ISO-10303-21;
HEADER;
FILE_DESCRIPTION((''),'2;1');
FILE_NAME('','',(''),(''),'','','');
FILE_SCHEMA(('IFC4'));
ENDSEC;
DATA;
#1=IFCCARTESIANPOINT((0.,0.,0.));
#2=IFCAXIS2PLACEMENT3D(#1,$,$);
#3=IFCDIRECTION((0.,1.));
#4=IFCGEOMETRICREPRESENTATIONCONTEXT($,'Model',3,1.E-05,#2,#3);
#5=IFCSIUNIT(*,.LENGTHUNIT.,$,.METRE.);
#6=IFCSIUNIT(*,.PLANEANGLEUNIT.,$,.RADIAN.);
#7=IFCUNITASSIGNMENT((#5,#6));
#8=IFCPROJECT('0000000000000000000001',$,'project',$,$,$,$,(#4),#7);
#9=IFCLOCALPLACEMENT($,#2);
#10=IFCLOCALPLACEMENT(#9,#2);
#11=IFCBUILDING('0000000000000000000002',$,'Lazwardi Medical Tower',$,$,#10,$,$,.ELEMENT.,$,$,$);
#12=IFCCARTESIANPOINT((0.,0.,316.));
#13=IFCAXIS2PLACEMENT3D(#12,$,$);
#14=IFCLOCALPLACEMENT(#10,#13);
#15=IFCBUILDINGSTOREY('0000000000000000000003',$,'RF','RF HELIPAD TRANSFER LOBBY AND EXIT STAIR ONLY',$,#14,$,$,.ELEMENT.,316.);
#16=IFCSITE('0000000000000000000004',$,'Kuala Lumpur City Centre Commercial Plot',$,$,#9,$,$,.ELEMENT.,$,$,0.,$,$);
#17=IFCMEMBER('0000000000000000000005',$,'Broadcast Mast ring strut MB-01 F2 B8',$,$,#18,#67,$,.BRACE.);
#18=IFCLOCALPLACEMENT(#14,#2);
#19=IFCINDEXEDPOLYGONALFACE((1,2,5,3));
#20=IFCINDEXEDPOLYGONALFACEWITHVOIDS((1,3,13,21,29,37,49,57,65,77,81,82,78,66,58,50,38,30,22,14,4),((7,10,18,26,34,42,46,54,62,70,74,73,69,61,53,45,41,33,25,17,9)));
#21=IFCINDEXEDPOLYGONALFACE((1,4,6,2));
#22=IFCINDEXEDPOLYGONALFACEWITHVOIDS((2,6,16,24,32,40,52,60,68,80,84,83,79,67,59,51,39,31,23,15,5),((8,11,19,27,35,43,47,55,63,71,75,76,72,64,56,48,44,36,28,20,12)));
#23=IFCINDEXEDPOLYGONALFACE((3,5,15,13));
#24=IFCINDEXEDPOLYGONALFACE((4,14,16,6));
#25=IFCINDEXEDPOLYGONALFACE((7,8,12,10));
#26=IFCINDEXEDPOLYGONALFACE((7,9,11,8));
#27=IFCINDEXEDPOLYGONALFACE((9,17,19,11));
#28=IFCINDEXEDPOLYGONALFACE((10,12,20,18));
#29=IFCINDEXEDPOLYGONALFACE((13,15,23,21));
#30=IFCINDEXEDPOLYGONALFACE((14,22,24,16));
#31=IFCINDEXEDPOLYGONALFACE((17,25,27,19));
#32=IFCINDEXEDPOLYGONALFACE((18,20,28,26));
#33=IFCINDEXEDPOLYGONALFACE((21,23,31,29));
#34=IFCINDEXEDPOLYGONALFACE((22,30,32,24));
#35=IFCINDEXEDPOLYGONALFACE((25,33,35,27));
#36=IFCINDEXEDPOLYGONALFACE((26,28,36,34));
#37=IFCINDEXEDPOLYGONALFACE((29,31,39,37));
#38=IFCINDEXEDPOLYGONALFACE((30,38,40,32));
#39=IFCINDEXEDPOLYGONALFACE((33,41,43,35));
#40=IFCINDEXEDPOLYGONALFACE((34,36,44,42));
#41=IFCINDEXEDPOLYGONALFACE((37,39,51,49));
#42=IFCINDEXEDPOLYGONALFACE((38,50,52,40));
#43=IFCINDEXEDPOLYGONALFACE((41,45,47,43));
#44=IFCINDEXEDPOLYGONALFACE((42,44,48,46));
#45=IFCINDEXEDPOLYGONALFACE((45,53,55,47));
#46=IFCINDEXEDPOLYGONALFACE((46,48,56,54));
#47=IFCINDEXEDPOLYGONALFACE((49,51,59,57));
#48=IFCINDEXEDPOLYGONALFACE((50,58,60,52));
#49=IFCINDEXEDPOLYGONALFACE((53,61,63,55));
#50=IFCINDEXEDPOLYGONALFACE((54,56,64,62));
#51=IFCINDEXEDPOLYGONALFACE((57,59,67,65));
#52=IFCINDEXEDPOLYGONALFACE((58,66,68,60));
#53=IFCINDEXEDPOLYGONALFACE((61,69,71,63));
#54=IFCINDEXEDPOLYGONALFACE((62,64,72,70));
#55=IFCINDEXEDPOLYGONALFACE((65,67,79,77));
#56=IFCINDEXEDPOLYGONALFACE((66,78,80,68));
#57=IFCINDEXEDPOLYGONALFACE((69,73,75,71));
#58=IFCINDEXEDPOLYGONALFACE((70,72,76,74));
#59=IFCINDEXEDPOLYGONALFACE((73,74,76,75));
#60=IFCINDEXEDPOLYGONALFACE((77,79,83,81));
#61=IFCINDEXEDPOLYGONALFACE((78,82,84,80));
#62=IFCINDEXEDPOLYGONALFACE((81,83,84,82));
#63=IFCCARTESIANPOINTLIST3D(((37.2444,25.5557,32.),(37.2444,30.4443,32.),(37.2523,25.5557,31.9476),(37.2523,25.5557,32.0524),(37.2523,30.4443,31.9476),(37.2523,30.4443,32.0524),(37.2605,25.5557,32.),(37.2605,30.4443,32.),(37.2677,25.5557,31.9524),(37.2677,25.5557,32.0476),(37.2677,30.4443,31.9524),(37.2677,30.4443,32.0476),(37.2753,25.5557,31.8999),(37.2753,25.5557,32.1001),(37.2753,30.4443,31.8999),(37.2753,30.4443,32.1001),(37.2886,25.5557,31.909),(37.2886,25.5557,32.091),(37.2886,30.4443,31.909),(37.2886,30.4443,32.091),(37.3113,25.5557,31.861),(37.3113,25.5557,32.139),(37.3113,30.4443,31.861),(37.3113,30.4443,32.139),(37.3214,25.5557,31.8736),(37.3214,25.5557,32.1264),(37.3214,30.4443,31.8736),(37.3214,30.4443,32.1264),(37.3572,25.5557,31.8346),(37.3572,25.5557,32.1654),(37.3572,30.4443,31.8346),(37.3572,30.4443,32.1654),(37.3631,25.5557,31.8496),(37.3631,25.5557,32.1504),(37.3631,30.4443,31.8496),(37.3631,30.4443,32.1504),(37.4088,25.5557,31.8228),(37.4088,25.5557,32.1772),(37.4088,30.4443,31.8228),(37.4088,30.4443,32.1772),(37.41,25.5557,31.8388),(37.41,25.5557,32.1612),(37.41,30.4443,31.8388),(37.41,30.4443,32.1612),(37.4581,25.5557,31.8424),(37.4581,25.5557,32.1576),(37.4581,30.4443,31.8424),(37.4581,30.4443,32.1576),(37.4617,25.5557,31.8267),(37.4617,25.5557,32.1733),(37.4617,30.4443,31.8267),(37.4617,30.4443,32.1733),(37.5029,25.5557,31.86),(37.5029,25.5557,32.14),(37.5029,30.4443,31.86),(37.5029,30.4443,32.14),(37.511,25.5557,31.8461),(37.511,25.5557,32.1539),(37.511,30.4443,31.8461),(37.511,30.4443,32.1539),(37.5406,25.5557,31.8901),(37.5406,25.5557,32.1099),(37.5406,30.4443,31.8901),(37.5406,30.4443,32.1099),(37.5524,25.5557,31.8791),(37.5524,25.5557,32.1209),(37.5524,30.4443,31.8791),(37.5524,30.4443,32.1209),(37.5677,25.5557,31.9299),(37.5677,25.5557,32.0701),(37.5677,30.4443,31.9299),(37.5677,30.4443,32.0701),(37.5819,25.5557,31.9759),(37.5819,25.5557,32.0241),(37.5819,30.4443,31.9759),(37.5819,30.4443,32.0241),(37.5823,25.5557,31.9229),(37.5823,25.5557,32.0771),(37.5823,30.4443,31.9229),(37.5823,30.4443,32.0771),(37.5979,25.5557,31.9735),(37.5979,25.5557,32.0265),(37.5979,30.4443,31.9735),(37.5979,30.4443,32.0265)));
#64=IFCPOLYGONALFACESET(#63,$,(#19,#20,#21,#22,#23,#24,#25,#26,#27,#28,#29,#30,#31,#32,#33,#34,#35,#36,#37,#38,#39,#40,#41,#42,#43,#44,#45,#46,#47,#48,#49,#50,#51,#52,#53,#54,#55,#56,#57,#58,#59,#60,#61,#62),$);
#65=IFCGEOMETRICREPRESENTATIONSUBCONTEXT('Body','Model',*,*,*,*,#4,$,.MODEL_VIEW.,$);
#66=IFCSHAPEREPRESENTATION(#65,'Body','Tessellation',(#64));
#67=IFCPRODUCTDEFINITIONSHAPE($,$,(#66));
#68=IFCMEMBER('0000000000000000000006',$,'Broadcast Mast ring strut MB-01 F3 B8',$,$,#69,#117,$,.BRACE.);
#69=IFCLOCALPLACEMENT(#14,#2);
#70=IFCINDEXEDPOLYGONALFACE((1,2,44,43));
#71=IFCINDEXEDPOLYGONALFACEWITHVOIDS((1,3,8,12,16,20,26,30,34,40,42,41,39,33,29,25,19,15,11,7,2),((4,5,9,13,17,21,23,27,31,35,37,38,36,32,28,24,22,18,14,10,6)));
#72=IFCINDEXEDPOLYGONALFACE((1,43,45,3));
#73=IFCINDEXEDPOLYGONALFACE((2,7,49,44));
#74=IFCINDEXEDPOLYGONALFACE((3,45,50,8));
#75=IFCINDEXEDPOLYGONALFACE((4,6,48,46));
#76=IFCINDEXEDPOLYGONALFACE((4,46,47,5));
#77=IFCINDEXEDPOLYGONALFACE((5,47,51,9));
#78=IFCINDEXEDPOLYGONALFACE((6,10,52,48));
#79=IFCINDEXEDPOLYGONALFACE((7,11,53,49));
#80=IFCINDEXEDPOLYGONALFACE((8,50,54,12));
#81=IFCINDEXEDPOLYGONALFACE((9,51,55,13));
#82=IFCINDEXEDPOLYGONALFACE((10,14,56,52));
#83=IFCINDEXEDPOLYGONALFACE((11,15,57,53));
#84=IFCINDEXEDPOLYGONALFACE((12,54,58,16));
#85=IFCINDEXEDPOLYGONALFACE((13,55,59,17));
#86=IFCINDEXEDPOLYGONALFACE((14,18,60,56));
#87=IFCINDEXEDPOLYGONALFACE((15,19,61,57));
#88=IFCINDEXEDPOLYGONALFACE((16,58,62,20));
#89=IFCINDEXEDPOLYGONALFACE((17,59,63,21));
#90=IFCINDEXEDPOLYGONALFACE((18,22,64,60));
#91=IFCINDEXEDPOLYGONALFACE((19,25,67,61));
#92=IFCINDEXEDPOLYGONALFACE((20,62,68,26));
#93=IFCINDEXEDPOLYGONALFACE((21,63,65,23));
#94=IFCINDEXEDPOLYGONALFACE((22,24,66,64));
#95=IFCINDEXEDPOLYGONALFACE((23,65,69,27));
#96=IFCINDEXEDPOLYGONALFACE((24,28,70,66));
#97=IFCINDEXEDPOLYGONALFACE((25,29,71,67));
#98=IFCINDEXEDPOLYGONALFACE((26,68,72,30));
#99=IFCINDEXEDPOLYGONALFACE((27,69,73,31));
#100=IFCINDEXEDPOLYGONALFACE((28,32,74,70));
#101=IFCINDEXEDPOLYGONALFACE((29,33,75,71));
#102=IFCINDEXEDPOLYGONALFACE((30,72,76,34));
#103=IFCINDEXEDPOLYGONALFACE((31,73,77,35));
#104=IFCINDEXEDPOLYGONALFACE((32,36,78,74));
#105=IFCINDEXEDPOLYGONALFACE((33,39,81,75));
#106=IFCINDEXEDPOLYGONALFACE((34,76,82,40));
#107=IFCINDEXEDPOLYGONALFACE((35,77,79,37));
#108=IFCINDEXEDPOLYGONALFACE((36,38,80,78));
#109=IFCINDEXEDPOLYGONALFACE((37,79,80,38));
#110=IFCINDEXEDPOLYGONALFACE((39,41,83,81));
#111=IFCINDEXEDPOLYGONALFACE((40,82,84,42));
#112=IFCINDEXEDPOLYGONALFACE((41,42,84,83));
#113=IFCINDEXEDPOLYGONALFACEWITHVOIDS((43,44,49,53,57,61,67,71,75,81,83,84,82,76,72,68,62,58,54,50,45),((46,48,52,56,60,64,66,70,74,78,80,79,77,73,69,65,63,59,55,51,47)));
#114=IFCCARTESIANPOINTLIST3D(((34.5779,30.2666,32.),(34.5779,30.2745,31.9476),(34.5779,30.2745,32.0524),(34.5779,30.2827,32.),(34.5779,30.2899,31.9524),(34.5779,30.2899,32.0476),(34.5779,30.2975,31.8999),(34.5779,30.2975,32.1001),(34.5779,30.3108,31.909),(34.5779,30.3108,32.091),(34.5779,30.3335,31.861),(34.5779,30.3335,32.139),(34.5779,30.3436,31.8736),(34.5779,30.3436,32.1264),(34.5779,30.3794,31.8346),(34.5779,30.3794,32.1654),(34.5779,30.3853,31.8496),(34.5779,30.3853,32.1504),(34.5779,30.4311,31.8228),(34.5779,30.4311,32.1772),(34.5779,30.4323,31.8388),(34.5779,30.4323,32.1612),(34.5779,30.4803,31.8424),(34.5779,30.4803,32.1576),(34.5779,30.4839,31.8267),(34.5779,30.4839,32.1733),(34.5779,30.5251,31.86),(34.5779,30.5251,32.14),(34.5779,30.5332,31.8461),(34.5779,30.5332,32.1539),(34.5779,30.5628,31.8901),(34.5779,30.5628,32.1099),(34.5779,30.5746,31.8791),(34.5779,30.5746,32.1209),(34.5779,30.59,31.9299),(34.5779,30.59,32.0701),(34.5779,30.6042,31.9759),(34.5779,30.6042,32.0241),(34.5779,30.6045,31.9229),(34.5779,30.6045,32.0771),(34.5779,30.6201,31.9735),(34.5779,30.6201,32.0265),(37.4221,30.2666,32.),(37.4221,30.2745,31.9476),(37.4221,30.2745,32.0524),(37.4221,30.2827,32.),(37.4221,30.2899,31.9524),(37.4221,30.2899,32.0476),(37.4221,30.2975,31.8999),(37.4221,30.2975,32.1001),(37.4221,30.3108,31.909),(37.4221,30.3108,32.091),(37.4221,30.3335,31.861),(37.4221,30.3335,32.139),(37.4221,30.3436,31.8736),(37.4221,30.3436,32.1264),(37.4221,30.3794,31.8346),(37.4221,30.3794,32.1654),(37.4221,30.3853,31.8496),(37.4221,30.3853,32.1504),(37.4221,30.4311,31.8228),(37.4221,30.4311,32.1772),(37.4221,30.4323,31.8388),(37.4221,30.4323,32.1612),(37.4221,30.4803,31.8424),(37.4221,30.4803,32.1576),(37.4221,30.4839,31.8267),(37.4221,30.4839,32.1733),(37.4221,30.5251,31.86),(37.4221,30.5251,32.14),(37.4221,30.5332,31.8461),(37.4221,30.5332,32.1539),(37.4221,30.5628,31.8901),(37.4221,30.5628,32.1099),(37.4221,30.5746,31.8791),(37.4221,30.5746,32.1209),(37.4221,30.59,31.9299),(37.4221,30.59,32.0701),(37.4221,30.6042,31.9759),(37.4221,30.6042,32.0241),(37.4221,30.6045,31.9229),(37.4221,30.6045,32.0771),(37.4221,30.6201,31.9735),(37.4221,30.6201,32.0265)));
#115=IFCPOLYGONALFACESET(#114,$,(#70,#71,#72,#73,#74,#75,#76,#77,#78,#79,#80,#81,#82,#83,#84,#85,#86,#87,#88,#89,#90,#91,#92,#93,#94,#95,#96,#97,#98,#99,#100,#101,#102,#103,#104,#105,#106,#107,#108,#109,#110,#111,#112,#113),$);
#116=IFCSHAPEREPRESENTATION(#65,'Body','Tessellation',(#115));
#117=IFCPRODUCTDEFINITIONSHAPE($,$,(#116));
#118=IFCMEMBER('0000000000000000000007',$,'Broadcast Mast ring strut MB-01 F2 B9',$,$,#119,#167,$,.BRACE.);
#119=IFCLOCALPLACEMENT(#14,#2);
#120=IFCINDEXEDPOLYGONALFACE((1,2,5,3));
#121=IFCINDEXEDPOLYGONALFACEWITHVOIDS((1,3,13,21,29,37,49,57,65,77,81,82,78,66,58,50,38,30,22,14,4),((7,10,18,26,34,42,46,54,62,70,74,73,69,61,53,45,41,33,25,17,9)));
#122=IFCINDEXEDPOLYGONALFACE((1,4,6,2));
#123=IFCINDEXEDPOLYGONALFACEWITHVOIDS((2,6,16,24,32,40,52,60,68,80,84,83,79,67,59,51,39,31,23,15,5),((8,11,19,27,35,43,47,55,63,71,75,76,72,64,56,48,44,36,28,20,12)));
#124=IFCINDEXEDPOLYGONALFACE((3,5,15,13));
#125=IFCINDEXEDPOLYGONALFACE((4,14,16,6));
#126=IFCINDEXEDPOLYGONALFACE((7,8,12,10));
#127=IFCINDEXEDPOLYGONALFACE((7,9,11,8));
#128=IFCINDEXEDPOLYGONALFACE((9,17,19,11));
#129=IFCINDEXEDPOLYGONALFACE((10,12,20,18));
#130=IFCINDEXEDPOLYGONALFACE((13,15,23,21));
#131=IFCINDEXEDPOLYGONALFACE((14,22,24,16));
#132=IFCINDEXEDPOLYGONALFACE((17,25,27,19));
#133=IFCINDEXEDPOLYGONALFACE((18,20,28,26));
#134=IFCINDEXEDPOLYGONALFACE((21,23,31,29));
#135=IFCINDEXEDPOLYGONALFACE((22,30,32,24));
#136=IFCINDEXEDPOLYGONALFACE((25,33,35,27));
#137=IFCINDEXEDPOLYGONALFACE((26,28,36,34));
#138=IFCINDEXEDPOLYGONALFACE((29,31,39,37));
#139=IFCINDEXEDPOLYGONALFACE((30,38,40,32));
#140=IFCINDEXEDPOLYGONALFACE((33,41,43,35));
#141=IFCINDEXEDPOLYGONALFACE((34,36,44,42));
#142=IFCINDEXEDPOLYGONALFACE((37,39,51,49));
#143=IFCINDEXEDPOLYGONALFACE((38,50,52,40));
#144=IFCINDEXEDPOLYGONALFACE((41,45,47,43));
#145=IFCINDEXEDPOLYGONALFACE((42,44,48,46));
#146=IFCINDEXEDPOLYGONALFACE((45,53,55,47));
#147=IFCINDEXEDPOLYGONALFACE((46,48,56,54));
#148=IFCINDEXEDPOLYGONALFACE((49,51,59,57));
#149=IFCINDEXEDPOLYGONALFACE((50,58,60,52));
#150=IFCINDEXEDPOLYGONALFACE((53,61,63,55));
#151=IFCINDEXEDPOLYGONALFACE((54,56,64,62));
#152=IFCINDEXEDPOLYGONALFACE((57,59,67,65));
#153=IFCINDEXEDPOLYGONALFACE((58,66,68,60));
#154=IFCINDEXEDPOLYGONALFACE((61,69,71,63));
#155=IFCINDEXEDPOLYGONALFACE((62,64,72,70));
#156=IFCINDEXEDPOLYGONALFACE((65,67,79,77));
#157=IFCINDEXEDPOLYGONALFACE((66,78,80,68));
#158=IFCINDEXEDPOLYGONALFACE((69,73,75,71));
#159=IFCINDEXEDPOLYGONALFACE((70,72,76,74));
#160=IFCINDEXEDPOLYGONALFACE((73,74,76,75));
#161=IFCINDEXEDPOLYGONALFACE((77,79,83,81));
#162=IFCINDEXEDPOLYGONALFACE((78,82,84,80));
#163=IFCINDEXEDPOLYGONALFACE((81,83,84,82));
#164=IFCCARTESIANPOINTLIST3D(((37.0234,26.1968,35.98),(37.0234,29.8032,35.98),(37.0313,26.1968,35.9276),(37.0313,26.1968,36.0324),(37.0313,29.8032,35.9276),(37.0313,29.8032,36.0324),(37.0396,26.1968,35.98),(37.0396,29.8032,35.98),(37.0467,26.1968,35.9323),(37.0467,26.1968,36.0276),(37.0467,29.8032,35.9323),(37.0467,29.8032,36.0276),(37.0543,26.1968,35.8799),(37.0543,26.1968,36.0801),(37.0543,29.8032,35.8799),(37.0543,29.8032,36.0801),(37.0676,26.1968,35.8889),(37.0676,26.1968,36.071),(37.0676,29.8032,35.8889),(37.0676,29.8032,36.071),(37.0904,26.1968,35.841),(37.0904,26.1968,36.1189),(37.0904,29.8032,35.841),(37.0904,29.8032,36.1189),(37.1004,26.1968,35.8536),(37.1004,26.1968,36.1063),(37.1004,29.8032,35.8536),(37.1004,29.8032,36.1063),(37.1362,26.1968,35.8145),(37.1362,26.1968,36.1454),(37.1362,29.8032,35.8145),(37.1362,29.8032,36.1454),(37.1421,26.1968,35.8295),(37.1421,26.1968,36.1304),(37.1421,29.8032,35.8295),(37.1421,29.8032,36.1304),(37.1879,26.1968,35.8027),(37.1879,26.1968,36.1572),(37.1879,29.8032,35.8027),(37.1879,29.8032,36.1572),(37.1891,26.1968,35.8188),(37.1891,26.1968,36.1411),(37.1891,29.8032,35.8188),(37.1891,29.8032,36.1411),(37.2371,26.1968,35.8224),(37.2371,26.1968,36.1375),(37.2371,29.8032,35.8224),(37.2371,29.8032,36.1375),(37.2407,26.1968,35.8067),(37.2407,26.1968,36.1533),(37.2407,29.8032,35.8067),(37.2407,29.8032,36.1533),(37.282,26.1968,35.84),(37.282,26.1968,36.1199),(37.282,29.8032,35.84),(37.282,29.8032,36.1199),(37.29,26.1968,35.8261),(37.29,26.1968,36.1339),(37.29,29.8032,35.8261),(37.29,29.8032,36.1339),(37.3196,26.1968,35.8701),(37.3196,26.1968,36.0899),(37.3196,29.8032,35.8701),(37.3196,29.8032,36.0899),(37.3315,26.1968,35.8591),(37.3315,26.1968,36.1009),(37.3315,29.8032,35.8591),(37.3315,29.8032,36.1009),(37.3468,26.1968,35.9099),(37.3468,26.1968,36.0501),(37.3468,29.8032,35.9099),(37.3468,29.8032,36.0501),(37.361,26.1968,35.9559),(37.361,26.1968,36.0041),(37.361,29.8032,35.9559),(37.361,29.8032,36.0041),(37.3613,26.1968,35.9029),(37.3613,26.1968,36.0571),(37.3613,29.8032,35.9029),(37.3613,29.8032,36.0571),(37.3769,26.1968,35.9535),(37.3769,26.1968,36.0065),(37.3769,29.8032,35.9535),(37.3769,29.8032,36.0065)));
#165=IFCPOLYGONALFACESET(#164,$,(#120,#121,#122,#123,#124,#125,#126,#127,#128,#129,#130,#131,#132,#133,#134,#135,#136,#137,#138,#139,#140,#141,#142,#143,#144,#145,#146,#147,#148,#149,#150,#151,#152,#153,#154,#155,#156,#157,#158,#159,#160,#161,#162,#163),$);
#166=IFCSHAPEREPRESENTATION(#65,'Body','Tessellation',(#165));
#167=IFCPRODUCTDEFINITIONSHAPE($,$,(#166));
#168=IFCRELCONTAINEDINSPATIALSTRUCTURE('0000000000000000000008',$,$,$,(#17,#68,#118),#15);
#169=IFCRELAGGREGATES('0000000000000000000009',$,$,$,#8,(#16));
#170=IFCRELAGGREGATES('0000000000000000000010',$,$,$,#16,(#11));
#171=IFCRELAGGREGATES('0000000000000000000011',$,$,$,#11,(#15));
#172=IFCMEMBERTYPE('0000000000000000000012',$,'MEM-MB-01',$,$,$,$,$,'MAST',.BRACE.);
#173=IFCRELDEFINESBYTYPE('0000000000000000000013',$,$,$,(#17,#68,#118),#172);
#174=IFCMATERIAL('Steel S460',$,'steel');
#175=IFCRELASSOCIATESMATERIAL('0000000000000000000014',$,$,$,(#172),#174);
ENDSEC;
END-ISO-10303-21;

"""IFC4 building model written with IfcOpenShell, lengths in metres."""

from ifc_helpers import new_model, si_unit, direction, frame, origin, origin_2d, place, context, subcontext, project, spatial, hollow_circle, extrude, material, material_profile, profile_set, type_object, element, save


model = new_model("IFC4")

# Units and contexts
model_context = context("Model", 3, precision=1e-05, world=origin(), true_north=direction((0.0, 1.0)))
body_context = subcontext(model_context, "Body", "Model", "MODEL_VIEW")
ifc_project = project(units=[si_unit("LENGTHUNIT", "METRE"), si_unit("PLANEANGLEUNIT", "RADIAN")], contexts=[model_context])

# Site, building, storey
site_placement = place(None, origin())
site = spatial("IfcSite", under=ifc_project, at=site_placement, Name="Kuala Lumpur City Centre Commercial Plot", CompositionType="ELEMENT", RefElevation=0.0)
building_placement = place(site_placement, origin())
building = spatial("IfcBuilding", under=site, at=building_placement, Name="Lazwardi Medical Tower", CompositionType="ELEMENT")
storey_placement = place(building_placement, frame((0.0, 0.0, 316.0)))
storey = spatial("IfcBuildingStorey", under=building, at=storey_placement, Name="RF", Description="RF HELIPAD TRANSFER LOBBY AND EXIT STAIR ONLY", CompositionType="ELEMENT", Elevation=316.0)

# Members
ifc_material = material(Name="Steel S460", Category="steel")
ifc_material_profile_1 = material_profile(ifc_material, hollow_circle(Radius=0.1777, WallThickness=0.0161, at=origin_2d()), Name="CHS 355.6x16")
ifc_profile_set_1 = profile_set([ifc_material_profile_1], Name="Steel S460")
member_type_1 = type_object("IfcMemberType", Name="MEM-MB-01", ElementType="MAST", PredefinedType="BRACE", material=ifc_profile_set_1)
member_1_placement = place(storey_placement, frame((37.4221, 25.5557, 32.0), z_axis=(0.0, 1.0, 0.0), x_axis=(-1.0, 0.0, 0.0)))
element("IfcMember", 1, at=member_1_placement, inside=storey, type_object=member_type_1, Name="Broadcast Mast ring strut MB-01 F2 B8", PredefinedType="BRACE", context=body_context, shape_type="SweptSolid", body=[
    extrude(hollow_circle(Radius=0.1777, WallThickness=0.0161, at=origin_2d()), origin(), (0.0, 0.0, 1.0), 4.8887),
])
member_2_placement = place(storey_placement, frame((37.4221, 30.4443, 32.0), z_axis=(-1.0, 0.0, 0.0), x_axis=(0.0, -1.0, 0.0)))
element("IfcMember", 2, at=member_2_placement, inside=storey, type_object=member_type_1, Name="Broadcast Mast ring strut MB-01 F3 B8", PredefinedType="BRACE", context=body_context, shape_type="SweptSolid", body=[
    extrude(hollow_circle(Radius=0.1777, WallThickness=0.0161, at=origin_2d()), origin(), (0.0, 0.0, 1.0), 2.8442),
])
member_3_placement = place(storey_placement, frame((37.2012, 26.1968, 35.98), z_axis=(0.0, 1.0, 0.0), x_axis=(-1.0, 0.0, 0.0)))
element("IfcMember", 3, at=member_3_placement, inside=storey, type_object=member_type_1, Name="Broadcast Mast ring strut MB-01 F2 B9", PredefinedType="BRACE", context=body_context, shape_type="SweptSolid", body=[
    extrude(hollow_circle(Radius=0.1777, WallThickness=0.0161, at=origin_2d()), origin(), (0.0, 0.0, 1.0), 3.6064),
])

save(model, "model.ifc")
